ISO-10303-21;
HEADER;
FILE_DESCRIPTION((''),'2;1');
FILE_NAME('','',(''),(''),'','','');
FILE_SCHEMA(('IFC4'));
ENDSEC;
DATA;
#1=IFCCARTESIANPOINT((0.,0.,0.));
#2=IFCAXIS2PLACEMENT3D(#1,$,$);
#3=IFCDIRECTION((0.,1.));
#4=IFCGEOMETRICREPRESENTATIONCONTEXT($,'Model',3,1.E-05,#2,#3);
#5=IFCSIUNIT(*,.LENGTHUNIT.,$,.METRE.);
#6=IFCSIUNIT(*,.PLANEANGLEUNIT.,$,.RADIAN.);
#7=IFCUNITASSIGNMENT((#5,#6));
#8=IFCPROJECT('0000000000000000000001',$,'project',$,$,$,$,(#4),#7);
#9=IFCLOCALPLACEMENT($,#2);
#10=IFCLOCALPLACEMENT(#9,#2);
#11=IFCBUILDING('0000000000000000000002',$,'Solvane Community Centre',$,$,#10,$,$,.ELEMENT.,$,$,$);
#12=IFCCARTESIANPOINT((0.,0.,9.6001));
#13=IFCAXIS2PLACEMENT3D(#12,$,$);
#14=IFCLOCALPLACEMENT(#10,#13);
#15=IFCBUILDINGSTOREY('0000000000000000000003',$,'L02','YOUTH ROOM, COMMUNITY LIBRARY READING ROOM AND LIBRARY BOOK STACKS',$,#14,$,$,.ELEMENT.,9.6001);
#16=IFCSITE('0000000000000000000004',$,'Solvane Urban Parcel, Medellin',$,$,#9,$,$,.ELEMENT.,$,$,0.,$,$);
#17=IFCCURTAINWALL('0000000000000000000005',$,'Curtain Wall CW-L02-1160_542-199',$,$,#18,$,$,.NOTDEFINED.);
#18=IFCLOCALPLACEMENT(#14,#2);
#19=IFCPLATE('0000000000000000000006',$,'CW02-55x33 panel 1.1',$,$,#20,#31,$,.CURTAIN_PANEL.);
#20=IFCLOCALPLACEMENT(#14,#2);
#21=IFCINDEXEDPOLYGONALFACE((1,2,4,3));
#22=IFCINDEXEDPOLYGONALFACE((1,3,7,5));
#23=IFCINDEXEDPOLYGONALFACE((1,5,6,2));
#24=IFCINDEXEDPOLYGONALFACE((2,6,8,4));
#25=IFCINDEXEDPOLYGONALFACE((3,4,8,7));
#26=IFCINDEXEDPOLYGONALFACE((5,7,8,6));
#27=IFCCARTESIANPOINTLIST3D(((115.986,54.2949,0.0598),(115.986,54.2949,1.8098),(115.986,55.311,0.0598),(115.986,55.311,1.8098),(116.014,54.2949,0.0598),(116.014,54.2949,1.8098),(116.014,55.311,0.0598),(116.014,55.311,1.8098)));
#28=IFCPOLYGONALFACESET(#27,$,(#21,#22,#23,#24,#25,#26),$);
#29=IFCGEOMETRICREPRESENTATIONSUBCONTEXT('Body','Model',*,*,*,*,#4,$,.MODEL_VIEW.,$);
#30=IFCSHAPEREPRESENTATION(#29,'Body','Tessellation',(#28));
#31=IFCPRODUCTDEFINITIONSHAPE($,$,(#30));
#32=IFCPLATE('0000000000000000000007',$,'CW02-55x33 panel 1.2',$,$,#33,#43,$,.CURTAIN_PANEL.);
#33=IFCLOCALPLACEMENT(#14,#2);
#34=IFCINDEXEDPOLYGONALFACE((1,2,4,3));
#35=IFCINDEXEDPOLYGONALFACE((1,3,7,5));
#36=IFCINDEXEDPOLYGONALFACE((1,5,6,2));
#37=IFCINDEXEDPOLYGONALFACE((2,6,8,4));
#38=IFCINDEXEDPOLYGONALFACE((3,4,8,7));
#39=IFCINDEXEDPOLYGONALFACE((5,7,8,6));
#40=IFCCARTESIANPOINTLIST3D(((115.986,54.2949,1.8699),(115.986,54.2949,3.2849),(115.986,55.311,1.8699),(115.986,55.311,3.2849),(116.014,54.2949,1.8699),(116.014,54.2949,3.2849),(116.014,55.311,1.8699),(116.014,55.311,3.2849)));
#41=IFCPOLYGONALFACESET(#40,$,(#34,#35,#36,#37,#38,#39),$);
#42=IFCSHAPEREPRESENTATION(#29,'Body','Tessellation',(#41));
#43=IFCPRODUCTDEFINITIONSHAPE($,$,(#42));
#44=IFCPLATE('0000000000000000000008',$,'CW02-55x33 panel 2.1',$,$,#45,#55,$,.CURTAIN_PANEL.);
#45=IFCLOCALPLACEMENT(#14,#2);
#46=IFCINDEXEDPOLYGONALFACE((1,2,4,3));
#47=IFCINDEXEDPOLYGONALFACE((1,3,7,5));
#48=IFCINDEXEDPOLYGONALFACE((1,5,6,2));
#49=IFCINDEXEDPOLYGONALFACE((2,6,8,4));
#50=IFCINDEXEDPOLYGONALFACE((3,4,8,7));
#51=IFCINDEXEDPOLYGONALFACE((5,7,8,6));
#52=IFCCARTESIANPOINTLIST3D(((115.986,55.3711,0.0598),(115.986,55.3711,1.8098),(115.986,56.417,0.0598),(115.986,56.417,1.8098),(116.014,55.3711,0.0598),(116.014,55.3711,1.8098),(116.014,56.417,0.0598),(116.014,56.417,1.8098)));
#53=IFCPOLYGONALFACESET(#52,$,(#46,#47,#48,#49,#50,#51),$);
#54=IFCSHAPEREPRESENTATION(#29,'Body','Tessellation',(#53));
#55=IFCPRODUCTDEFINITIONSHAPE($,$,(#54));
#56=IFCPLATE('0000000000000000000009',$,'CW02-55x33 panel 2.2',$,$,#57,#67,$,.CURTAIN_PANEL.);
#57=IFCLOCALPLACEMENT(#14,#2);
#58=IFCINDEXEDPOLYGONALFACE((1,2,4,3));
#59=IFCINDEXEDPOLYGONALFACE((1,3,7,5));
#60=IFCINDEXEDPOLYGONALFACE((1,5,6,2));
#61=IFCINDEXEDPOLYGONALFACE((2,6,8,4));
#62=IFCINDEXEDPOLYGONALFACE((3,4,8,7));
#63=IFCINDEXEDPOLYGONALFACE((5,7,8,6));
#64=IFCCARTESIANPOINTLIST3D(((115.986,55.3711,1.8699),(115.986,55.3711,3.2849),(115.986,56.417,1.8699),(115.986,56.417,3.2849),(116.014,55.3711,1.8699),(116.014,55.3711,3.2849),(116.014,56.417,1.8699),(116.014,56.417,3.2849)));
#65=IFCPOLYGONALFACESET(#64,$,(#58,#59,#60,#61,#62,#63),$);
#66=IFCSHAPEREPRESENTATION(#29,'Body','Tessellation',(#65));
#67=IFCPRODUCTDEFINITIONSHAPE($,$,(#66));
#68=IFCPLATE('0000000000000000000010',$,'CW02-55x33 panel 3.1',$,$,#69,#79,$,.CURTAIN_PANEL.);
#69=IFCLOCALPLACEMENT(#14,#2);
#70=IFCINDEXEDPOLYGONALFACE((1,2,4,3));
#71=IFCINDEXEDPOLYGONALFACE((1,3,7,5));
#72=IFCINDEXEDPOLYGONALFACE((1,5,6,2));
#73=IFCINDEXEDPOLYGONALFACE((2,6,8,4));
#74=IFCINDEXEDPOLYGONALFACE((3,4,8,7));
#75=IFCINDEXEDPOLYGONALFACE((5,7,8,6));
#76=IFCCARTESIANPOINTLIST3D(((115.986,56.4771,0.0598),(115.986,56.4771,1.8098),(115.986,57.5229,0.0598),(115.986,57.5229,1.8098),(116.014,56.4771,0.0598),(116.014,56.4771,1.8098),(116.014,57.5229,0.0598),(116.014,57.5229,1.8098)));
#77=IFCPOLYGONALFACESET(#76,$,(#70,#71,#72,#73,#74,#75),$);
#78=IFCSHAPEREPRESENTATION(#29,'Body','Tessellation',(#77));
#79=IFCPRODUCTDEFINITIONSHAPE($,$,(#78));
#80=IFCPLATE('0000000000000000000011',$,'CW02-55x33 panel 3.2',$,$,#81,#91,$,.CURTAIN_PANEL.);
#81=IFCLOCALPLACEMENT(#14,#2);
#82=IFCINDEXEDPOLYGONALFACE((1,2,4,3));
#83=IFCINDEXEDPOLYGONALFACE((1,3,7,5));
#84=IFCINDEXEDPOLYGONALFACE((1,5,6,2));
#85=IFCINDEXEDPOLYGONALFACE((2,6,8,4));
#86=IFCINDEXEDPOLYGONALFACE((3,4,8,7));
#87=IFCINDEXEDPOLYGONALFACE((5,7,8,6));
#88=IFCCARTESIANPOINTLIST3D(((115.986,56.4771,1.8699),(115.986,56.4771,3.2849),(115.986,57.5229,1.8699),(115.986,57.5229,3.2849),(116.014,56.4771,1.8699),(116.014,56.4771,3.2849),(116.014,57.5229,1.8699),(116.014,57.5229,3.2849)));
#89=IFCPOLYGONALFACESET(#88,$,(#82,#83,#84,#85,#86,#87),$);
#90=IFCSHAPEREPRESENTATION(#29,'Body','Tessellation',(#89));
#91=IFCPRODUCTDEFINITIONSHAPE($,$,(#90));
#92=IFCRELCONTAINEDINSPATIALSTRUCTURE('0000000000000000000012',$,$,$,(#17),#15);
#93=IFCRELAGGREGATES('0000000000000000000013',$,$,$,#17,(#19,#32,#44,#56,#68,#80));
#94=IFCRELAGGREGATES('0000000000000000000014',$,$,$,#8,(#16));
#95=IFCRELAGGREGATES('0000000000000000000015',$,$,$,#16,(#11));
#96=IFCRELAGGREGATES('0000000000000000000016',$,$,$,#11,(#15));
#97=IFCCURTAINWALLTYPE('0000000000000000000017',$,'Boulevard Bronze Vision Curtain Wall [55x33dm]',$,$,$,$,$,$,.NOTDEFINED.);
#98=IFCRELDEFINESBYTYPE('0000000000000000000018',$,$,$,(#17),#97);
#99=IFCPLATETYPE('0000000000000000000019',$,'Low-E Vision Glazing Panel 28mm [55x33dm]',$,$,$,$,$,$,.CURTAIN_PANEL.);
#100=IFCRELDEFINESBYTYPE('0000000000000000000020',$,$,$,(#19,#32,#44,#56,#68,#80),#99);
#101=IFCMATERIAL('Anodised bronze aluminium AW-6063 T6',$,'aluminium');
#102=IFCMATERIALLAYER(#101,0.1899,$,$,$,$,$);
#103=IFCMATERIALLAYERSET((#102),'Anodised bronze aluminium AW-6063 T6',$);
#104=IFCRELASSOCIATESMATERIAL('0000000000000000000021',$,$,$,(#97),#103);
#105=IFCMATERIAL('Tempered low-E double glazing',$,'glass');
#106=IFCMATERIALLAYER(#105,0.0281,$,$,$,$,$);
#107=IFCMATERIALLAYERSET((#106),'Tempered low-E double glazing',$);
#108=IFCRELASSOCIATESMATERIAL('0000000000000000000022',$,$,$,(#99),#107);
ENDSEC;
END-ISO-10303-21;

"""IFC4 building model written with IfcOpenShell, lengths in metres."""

from ifc_helpers import new_model, si_unit, direction, frame, origin, origin_2d, place, context, subcontext, project, spatial, rectangle, extrude, material, layer, layer_set, type_object, element, aggregate, save


model = new_model("IFC4")

# Units and contexts
model_context = context("Model", 3, precision=1e-05, world=origin(), true_north=direction((0.0, 1.0)))
body_context = subcontext(model_context, "Body", "Model", "MODEL_VIEW")
ifc_project = project(units=[si_unit("LENGTHUNIT", "METRE"), si_unit("PLANEANGLEUNIT", "RADIAN")], contexts=[model_context])

# Site, building, storey
site_placement = place(None, origin())
site = spatial("IfcSite", under=ifc_project, at=site_placement, Name="Solvane Urban Parcel, Medellin", CompositionType="ELEMENT", RefElevation=0.0)
building_placement = place(site_placement, origin())
building = spatial("IfcBuilding", under=site, at=building_placement, Name="Solvane Community Centre", CompositionType="ELEMENT")
storey_placement = place(building_placement, frame((0.0, 0.0, 9.6001)))
storey = spatial("IfcBuildingStorey", under=building, at=storey_placement, Name="L02", Description="YOUTH ROOM, COMMUNITY LIBRARY READING ROOM AND LIBRARY BOOK STACKS", CompositionType="ELEMENT", Elevation=9.6001)

# Curtain wall
ifc_material_1 = material(Name="Anodised bronze aluminium AW-6063 T6", Category="aluminium")
ifc_layer_1 = layer(ifc_material_1, 0.1899)
ifc_layer_set_1 = layer_set([ifc_layer_1], Name="Anodised bronze aluminium AW-6063 T6")
curtain_wall_type_1 = type_object("IfcCurtainWallType", Name="Boulevard Bronze Vision Curtain Wall [55x33dm]", PredefinedType="NOTDEFINED", material=ifc_layer_set_1)
curtain_wall_1_placement = place(storey_placement, origin())
curtain_wall_1 = element("IfcCurtainWall", 1, at=curtain_wall_1_placement, inside=storey, type_object=curtain_wall_type_1, Name="Curtain Wall CW-L02-1160_542-199", PredefinedType="NOTDEFINED")

# Shared definitions
ifc_material_2 = material(Name="Tempered low-E double glazing", Category="glass")

# Plates
ifc_layer_2 = layer(ifc_material_2, 0.0281)
ifc_layer_set_2 = layer_set([ifc_layer_2], Name="Tempered low-E double glazing")
plate_type_1 = type_object("IfcPlateType", Name="Low-E Vision Glazing Panel 28mm [55x33dm]", PredefinedType="CURTAIN_PANEL", material=ifc_layer_set_2)
plate_1_placement = place(storey_placement, frame((116.0, 54.803, 0.0598), z_axis=(0.0, 0.0, 1.0), x_axis=(0.0, 1.0, 0.0)))
plate_1 = element("IfcPlate", 2, at=plate_1_placement, type_object=plate_type_1, Name="CW02-55x33 panel 1.1", PredefinedType="CURTAIN_PANEL", context=body_context, shape_type="SweptSolid", body=[
    extrude(rectangle(XDim=1.0161, YDim=0.0281, at=origin_2d()), origin(), (0.0, 0.0, 1.0), 1.75),
])
plate_2_placement = place(storey_placement, frame((116.0, 54.803, 1.8699), z_axis=(0.0, 0.0, 1.0), x_axis=(0.0, 1.0, 0.0)))
plate_2 = element("IfcPlate", 3, at=plate_2_placement, type_object=plate_type_1, Name="CW02-55x33 panel 1.2", PredefinedType="CURTAIN_PANEL", context=body_context, shape_type="SweptSolid", body=[
    extrude(rectangle(XDim=1.0161, YDim=0.0281, at=origin_2d()), origin(), (0.0, 0.0, 1.0), 1.415),
])
plate_3_placement = place(storey_placement, frame((116.0, 55.894, 0.0598), z_axis=(0.0, 0.0, 1.0), x_axis=(0.0, 1.0, 0.0)))
plate_3 = element("IfcPlate", 4, at=plate_3_placement, type_object=plate_type_1, Name="CW02-55x33 panel 2.1", PredefinedType="CURTAIN_PANEL", context=body_context, shape_type="SweptSolid", body=[
    extrude(rectangle(XDim=1.0459, YDim=0.0281, at=origin_2d()), origin(), (0.0, 0.0, 1.0), 1.75),
])
plate_4_placement = place(storey_placement, frame((116.0, 55.894, 1.8699), z_axis=(0.0, 0.0, 1.0), x_axis=(0.0, 1.0, 0.0)))
plate_4 = element("IfcPlate", 5, at=plate_4_placement, type_object=plate_type_1, Name="CW02-55x33 panel 2.2", PredefinedType="CURTAIN_PANEL", context=body_context, shape_type="SweptSolid", body=[
    extrude(rectangle(XDim=1.0459, YDim=0.0281, at=origin_2d()), origin(), (0.0, 0.0, 1.0), 1.415),
])
plate_5_placement = place(storey_placement, frame((116.0, 57.0, 0.0598), z_axis=(0.0, 0.0, 1.0), x_axis=(0.0, 1.0, 0.0)))
plate_5 = element("IfcPlate", 6, at=plate_5_placement, type_object=plate_type_1, Name="CW02-55x33 panel 3.1", PredefinedType="CURTAIN_PANEL", context=body_context, shape_type="SweptSolid", body=[
    extrude(rectangle(XDim=1.0459, YDim=0.0281, at=origin_2d()), origin(), (0.0, 0.0, 1.0), 1.75),
])
plate_6_placement = place(storey_placement, frame((116.0, 57.0, 1.8699), z_axis=(0.0, 0.0, 1.0), x_axis=(0.0, 1.0, 0.0)))
plate_6 = element("IfcPlate", 7, at=plate_6_placement, type_object=plate_type_1, Name="CW02-55x33 panel 3.2", PredefinedType="CURTAIN_PANEL", context=body_context, shape_type="SweptSolid", body=[
    extrude(rectangle(XDim=1.0459, YDim=0.0281, at=origin_2d()), origin(), (0.0, 0.0, 1.0), 1.415),
])
aggregate(curtain_wall_1, [plate_1, plate_2, plate_3, plate_4, plate_5, plate_6])

save(model, "model.ifc")
